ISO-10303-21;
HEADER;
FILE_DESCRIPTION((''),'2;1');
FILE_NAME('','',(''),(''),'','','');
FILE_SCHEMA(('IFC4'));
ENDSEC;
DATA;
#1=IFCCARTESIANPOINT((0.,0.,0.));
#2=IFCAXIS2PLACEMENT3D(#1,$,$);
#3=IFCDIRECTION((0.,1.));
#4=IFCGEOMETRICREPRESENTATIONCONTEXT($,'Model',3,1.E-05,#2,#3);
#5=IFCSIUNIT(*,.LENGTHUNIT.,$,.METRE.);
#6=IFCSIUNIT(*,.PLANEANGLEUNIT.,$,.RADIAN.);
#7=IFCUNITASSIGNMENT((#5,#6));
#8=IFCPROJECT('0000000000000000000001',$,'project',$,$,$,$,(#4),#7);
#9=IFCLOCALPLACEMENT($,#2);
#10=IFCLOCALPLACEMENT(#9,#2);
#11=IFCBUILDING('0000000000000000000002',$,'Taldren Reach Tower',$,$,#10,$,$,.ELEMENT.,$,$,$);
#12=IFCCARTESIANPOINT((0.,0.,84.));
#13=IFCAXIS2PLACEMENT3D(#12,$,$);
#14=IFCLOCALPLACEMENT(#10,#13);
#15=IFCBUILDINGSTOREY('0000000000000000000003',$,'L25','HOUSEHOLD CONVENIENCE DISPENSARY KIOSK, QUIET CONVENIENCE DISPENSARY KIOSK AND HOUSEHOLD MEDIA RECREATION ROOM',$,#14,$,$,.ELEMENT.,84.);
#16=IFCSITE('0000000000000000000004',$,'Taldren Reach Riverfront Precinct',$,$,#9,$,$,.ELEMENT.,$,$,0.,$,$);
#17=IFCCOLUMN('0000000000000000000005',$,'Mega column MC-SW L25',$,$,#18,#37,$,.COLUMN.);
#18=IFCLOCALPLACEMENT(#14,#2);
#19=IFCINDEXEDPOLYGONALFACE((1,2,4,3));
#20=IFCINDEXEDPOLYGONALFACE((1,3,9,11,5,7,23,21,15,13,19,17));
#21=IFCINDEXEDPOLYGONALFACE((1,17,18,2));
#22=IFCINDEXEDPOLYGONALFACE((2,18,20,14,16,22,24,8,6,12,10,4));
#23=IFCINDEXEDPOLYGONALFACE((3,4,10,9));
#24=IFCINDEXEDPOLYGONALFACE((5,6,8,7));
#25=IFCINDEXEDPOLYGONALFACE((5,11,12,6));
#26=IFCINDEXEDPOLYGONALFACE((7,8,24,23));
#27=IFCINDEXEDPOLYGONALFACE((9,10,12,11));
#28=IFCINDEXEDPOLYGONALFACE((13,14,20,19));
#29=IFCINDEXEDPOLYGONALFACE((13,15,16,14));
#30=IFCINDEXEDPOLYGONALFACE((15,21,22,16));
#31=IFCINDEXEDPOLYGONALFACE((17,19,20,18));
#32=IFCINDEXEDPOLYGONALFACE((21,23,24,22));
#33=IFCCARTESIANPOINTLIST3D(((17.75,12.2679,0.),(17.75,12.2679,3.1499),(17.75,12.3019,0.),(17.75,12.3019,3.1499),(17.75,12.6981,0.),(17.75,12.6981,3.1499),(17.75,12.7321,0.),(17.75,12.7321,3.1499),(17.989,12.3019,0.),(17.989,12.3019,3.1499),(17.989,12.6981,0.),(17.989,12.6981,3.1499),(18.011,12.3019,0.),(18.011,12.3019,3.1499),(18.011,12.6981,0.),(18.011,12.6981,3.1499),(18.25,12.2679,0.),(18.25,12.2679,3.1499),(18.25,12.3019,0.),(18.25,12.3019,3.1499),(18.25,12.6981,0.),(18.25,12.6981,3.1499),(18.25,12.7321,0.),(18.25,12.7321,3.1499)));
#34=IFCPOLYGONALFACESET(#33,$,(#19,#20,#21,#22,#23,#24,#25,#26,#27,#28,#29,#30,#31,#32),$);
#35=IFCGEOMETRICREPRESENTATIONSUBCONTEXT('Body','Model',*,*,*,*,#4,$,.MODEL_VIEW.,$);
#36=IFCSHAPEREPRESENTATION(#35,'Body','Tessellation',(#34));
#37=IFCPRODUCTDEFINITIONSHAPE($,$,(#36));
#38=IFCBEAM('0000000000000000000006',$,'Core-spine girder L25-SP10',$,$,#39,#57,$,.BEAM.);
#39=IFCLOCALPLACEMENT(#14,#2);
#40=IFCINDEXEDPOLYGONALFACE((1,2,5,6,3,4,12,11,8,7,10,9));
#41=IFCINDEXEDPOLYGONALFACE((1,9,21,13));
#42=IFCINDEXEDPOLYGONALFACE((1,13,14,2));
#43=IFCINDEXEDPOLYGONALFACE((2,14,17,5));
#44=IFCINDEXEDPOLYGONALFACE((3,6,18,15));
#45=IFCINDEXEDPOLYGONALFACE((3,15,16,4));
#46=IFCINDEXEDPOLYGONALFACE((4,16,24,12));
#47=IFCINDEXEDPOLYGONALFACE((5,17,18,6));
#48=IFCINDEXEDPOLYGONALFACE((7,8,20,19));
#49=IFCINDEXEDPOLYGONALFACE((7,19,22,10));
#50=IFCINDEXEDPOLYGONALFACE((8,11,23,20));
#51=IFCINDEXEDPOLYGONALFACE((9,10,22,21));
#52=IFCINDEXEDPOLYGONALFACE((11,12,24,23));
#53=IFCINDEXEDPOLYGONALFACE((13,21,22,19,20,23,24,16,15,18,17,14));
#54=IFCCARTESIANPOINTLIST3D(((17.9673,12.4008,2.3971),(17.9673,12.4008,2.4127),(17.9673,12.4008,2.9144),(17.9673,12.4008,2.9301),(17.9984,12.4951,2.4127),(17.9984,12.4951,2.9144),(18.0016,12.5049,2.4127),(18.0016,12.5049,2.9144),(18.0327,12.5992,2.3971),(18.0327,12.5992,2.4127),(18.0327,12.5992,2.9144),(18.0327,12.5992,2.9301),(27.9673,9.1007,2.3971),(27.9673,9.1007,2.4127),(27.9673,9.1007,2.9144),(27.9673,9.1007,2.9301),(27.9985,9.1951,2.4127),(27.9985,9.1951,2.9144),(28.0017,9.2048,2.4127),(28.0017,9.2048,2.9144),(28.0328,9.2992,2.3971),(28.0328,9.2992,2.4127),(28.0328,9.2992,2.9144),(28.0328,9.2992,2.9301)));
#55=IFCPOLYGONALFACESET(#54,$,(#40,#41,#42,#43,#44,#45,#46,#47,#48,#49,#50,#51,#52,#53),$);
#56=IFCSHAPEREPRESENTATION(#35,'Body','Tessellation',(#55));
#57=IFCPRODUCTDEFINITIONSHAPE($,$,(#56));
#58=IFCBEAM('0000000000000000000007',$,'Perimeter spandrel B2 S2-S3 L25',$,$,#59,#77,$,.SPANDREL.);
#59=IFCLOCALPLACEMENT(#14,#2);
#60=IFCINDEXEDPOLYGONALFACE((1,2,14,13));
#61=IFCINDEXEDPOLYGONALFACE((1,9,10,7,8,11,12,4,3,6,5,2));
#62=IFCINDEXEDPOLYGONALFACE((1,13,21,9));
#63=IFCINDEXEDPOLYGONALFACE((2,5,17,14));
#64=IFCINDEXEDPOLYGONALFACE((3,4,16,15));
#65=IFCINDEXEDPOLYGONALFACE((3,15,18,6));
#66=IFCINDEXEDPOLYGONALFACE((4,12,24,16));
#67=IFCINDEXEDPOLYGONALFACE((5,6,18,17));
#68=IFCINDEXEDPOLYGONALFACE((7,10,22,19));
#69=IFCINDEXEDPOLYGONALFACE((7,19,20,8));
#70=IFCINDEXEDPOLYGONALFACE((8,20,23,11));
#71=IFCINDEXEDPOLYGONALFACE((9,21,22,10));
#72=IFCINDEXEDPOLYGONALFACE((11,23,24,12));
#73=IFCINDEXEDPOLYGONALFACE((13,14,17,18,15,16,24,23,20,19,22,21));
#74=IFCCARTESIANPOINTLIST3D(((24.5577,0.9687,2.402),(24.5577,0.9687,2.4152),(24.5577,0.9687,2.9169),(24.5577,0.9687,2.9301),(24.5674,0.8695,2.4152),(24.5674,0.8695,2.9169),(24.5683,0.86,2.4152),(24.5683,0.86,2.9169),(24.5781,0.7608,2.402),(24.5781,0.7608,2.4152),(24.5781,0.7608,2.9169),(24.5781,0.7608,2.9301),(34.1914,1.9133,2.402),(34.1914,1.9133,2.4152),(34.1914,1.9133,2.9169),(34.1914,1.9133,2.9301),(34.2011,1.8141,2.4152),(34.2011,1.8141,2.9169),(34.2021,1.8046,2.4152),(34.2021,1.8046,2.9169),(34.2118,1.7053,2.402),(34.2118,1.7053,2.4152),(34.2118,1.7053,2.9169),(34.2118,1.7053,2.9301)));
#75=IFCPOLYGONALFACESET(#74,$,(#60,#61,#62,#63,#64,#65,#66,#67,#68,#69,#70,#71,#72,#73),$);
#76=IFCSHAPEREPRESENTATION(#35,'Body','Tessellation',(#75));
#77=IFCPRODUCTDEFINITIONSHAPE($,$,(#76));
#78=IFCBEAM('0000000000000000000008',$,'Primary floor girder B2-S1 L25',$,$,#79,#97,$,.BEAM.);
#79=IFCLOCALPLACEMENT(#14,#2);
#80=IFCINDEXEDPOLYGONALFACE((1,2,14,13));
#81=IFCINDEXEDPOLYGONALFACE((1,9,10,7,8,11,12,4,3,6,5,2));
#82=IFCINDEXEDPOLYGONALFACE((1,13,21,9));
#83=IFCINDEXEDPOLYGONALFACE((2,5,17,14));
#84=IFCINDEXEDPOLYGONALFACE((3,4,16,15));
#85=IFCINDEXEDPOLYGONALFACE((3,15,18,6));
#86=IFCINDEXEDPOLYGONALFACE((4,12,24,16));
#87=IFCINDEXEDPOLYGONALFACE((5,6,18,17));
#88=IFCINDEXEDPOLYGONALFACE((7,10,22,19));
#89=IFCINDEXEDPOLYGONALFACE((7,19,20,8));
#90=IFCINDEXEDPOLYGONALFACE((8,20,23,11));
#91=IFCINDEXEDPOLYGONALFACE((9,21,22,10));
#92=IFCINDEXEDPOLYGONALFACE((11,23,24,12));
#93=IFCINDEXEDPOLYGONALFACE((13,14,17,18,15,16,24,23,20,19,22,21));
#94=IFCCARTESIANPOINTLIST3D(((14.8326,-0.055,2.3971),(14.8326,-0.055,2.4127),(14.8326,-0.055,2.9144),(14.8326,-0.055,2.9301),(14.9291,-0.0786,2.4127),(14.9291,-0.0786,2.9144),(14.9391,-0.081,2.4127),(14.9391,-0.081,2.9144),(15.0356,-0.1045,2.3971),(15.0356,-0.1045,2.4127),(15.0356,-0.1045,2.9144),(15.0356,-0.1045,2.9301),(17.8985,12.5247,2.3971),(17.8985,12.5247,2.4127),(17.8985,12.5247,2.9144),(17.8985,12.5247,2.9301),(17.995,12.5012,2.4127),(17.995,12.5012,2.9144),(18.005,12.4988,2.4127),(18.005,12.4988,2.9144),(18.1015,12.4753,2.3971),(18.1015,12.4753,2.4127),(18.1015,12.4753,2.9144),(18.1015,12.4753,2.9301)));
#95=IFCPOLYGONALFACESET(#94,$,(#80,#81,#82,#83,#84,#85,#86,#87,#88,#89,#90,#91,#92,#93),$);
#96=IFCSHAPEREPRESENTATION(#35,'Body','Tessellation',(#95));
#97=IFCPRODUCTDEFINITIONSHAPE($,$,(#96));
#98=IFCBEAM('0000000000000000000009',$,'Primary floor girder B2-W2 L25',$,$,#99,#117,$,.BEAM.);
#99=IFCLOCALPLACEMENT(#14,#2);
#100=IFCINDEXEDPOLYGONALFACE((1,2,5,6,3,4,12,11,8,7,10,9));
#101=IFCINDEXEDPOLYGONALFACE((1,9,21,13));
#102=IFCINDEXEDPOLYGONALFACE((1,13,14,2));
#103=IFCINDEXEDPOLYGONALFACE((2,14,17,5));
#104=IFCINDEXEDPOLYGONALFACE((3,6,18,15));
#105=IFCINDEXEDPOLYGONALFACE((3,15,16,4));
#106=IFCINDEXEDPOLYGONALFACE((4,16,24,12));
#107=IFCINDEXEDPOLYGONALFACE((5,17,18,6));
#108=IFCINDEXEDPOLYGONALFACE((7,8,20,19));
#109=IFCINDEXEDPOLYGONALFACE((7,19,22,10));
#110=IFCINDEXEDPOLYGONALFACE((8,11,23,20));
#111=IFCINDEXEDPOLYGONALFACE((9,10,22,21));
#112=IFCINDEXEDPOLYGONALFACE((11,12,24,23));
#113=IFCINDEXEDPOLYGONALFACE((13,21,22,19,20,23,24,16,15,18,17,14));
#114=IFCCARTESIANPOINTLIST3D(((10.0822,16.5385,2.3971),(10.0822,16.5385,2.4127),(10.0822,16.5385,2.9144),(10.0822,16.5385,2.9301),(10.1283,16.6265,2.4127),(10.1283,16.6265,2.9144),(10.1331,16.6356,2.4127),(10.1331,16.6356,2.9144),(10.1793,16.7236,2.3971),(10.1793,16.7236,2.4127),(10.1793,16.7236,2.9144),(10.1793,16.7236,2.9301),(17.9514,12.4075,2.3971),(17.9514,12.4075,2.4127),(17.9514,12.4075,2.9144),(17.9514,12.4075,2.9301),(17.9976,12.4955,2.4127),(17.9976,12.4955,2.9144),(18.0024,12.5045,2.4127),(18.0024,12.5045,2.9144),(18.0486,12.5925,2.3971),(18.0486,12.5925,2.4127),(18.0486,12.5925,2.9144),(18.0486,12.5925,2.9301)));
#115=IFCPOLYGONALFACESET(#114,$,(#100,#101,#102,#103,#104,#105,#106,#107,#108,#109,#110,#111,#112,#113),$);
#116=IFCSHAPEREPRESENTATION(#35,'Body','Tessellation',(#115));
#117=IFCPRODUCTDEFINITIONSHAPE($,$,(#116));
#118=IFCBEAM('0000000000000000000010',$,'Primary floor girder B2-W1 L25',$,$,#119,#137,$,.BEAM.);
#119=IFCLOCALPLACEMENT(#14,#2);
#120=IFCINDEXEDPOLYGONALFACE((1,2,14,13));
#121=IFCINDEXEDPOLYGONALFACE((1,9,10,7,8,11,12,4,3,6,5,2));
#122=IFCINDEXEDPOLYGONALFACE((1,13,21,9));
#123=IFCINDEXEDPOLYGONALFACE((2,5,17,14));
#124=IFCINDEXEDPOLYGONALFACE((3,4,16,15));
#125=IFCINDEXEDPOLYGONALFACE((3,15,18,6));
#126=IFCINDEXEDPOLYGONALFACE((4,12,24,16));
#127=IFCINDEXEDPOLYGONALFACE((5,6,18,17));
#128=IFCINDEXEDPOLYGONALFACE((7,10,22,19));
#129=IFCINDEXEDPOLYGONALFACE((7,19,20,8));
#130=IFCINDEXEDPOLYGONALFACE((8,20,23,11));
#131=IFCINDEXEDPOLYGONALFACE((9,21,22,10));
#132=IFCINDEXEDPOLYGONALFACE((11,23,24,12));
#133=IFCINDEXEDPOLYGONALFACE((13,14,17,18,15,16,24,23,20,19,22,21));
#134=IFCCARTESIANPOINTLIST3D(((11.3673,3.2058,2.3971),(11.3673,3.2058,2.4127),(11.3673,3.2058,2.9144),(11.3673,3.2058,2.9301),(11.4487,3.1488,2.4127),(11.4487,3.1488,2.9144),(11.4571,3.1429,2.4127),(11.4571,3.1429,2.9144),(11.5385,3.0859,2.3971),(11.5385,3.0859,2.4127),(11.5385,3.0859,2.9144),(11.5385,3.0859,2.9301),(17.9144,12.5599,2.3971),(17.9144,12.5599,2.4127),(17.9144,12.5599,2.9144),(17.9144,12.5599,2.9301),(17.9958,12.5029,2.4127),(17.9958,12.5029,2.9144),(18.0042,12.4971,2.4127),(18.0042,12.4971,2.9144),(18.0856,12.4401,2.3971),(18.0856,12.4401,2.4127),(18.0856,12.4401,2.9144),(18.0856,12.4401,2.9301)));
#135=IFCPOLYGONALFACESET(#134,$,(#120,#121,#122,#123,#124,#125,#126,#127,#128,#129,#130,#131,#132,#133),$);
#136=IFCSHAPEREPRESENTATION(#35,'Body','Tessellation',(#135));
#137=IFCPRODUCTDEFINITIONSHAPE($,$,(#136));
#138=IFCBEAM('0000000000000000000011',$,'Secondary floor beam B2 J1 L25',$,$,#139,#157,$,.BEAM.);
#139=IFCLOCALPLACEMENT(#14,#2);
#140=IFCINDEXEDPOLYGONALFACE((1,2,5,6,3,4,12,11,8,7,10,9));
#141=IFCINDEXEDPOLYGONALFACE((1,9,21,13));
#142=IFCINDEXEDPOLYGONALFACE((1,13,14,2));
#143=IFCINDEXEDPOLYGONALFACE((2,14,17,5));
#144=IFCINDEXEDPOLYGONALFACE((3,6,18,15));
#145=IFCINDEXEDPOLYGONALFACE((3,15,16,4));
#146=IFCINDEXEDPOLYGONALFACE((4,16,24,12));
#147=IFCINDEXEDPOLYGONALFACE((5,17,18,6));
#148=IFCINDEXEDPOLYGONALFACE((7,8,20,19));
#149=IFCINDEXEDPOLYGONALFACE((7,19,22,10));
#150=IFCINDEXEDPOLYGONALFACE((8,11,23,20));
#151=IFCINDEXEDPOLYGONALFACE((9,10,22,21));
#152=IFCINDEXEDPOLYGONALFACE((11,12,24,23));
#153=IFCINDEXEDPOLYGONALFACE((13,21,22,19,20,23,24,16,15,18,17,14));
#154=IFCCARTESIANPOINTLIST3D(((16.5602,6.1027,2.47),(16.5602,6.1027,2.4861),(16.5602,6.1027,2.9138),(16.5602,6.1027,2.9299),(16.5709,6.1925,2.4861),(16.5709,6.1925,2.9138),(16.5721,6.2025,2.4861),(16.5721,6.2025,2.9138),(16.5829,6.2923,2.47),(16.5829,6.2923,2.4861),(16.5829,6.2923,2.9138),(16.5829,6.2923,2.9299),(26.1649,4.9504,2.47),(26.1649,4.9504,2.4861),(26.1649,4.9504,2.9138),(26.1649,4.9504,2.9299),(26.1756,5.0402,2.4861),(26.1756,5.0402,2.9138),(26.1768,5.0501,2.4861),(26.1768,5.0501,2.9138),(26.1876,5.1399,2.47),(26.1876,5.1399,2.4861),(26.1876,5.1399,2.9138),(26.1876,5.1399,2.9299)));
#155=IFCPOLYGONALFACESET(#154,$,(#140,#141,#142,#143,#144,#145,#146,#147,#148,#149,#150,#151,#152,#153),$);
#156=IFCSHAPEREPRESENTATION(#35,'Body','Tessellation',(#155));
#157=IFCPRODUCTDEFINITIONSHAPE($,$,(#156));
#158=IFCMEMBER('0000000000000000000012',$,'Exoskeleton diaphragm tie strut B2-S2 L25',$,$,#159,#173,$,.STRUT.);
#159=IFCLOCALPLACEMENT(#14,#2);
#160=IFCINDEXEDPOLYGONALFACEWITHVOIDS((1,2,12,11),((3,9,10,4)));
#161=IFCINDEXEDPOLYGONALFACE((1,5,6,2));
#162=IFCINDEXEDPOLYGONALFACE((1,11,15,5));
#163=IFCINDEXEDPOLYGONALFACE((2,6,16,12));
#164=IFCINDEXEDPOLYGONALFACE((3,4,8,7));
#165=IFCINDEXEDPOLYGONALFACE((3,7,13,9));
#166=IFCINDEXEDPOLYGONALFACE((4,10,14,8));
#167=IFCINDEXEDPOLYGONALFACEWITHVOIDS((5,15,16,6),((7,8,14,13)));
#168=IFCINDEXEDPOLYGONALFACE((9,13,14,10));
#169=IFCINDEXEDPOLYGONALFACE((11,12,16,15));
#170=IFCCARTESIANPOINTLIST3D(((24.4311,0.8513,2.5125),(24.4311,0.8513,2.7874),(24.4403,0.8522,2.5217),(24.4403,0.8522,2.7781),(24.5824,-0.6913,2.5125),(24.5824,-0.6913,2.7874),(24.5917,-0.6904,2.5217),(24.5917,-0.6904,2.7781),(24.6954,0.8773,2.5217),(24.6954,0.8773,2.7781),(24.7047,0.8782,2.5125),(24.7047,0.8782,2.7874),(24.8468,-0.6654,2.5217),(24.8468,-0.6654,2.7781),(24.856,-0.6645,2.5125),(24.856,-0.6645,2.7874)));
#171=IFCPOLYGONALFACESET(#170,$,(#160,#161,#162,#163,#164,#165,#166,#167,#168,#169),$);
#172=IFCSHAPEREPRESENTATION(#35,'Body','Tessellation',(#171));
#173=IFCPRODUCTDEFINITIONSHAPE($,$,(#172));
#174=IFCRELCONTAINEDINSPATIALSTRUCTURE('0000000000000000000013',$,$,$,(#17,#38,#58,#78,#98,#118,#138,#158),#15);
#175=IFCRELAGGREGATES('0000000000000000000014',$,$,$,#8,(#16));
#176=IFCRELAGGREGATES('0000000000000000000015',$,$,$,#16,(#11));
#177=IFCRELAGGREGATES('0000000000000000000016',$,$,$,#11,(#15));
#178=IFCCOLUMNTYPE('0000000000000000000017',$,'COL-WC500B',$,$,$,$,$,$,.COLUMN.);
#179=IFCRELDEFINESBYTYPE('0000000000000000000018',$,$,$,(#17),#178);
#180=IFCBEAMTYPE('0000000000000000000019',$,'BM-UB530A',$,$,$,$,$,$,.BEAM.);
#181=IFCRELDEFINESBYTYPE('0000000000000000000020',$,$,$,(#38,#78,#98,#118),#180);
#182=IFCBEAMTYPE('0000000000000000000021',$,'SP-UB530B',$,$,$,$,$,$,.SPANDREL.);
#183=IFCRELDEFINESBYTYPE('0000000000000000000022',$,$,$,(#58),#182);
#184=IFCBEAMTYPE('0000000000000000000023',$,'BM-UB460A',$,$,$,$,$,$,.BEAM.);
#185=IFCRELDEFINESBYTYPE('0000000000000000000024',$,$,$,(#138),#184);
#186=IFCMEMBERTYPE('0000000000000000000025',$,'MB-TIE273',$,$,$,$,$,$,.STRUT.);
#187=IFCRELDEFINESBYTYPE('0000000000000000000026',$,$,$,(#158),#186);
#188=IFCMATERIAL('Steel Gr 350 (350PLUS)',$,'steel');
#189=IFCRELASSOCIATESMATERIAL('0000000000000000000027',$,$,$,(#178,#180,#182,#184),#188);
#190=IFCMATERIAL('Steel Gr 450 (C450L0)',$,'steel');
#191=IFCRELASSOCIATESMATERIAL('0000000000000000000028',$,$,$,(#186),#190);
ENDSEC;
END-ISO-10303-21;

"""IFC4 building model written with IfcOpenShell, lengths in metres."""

from ifc_helpers import new_model, si_unit, direction, frame, origin, origin_2d, place, context, subcontext, project, spatial, hollow_rectangle, i_section, extrude, source, transform, mapped, material, material_profile, profile_set, type_object, element, save


model = new_model("IFC4")

# Units and contexts
model_context = context("Model", 3, precision=1e-05, world=origin(), true_north=direction((0.0, 1.0)))
body_context = subcontext(model_context, "Body", "Model", "MODEL_VIEW")
ifc_project = project(units=[si_unit("LENGTHUNIT", "METRE"), si_unit("PLANEANGLEUNIT", "RADIAN")], contexts=[model_context])

# Site, building, storey
site_placement = place(None, origin())
site = spatial("IfcSite", under=ifc_project, at=site_placement, Name="Taldren Reach Riverfront Precinct", CompositionType="ELEMENT", RefElevation=0.0)
building_placement = place(site_placement, origin())
building = spatial("IfcBuilding", under=site, at=building_placement, Name="Taldren Reach Tower", CompositionType="ELEMENT")
storey_placement = place(building_placement, frame((0.0, 0.0, 84.0)))
storey = spatial("IfcBuildingStorey", under=building, at=storey_placement, Name="L25", Description="HOUSEHOLD CONVENIENCE DISPENSARY KIOSK, QUIET CONVENIENCE DISPENSARY KIOSK AND HOUSEHOLD MEDIA RECREATION ROOM", CompositionType="ELEMENT", Elevation=84.0)

# Column
ifc_material_1 = material(Name="Steel Gr 350 (350PLUS)", Category="steel")
ifc_material_profile_1 = material_profile(ifc_material_1, i_section(OverallWidth=0.5, OverallDepth=0.4641, WebThickness=0.022, FlangeThickness=0.0339, at=origin_2d()), Name="500WC340")
ifc_profile_set_1 = profile_set([ifc_material_profile_1], Name="Steel Gr 350 (350PLUS)")
column_type = type_object("IfcColumnType", Name="COL-WC500B", PredefinedType="COLUMN", material=ifc_profile_set_1)
shared_shape_1 = source(origin(), body_context, "Body", "SweptSolid", [
    extrude(i_section(OverallWidth=0.5, OverallDepth=0.4641, WebThickness=0.022, FlangeThickness=0.0339, at=origin_2d()), origin(), (0.0, 0.0, 1.0), 3.1499),
])
column_placement = place(storey_placement, frame((18.0, 12.5, 0.0), z_axis=(0.0, 0.0, 1.0), x_axis=(1.0, 0.0, 0.0)))
element("IfcColumn", 1, at=column_placement, inside=storey, type_object=column_type, Name="Mega column MC-SW L25", PredefinedType="COLUMN", context=body_context, shape_type="MappedRepresentation", body=[
    mapped(shared_shape_1, transform((0.0, 0.0, 0.0), scale=1.0)),
])

# Beams
ifc_material_profile_2 = material_profile(ifc_material_1, i_section(OverallWidth=0.209, OverallDepth=0.533, WebThickness=0.0103, FlangeThickness=0.0156, at=origin_2d()), Name="530UB92.4")
ifc_profile_set_2 = profile_set([ifc_material_profile_2], Name="Steel Gr 350 (350PLUS)")
beam_type_1 = type_object("IfcBeamType", Name="BM-UB530A", PredefinedType="BEAM", material=ifc_profile_set_2)
shared_shape_2 = source(origin(), body_context, "Body", "SweptSolid", [
    extrude(i_section(OverallWidth=0.209, OverallDepth=0.533, WebThickness=0.0103, FlangeThickness=0.0156, at=origin_2d()), origin(), (0.0, 0.0, 1.0), 10.5305),
])
beam_1_placement = place(storey_placement, frame((18.0, 12.5, 2.6636), z_axis=(0.949627, -0.313382, 0.0), x_axis=(0.313382, 0.949627, 0.0)))
element("IfcBeam", 2, at=beam_1_placement, inside=storey, type_object=beam_type_1, Name="Core-spine girder L25-SP10", PredefinedType="BEAM", context=body_context, shape_type="MappedRepresentation", body=[
    mapped(shared_shape_2, transform((0.0, 0.0, 0.0), scale=1.0)),
])
ifc_material_profile_3 = material_profile(ifc_material_1, i_section(OverallWidth=0.209, OverallDepth=0.5281, WebThickness=0.0095, FlangeThickness=0.0132, at=origin_2d()), Name="530UB82.0")
ifc_profile_set_3 = profile_set([ifc_material_profile_3], Name="Steel Gr 350 (350PLUS)")
beam_type_2 = type_object("IfcBeamType", Name="SP-UB530B", PredefinedType="SPANDREL", material=ifc_profile_set_3)
shared_shape_3 = source(origin(), body_context, "Body", "SweptSolid", [
    extrude(i_section(OverallWidth=0.209, OverallDepth=0.5281, WebThickness=0.0095, FlangeThickness=0.0132, at=origin_2d()), origin(), (0.0, 0.0, 1.0), 9.6799),
])
beam_2_placement = place(storey_placement, frame((24.5679, 0.8647, 2.666), z_axis=(0.995228, 0.097581, 0.0), x_axis=(-0.097581, 0.995228, 0.0)))
element("IfcBeam", 3, at=beam_2_placement, inside=storey, type_object=beam_type_2, Name="Perimeter spandrel B2 S2-S3 L25", PredefinedType="SPANDREL", context=body_context, shape_type="MappedRepresentation", body=[
    mapped(shared_shape_3, transform((0.0, 0.0, 0.0), scale=1.0)),
])
shared_shape_4 = source(origin(), body_context, "Body", "SweptSolid", [
    extrude(i_section(OverallWidth=0.209, OverallDepth=0.533, WebThickness=0.0103, FlangeThickness=0.0156, at=origin_2d()), origin(), (0.0, 0.0, 1.0), 12.948),
])
beam_3_placement = place(storey_placement, frame((18.0, 12.5, 2.6636), z_axis=(-0.236786, -0.971562, 0.0), x_axis=(0.971562, -0.236786, 0.0)))
element("IfcBeam", 4, at=beam_3_placement, inside=storey, type_object=beam_type_1, Name="Primary floor girder B2-S1 L25", PredefinedType="BEAM", context=body_context, shape_type="MappedRepresentation", body=[
    mapped(shared_shape_4, transform((0.0, 0.0, 0.0), scale=1.0)),
])
shared_shape_5 = source(origin(), body_context, "Body", "SweptSolid", [
    extrude(i_section(OverallWidth=0.209, OverallDepth=0.533, WebThickness=0.0103, FlangeThickness=0.0156, at=origin_2d()), origin(), (0.0, 0.0, 1.0), 8.8877),
])
beam_4_placement = place(storey_placement, frame((18.0, 12.5, 2.6636), z_axis=(-0.885413, 0.464805, 0.0), x_axis=(-0.464805, -0.885413, 0.0)))
element("IfcBeam", 5, at=beam_4_placement, inside=storey, type_object=beam_type_1, Name="Primary floor girder B2-W2 L25", PredefinedType="BEAM", context=body_context, shape_type="MappedRepresentation", body=[
    mapped(shared_shape_5, transform((0.0, 0.0, 0.0), scale=1.0)),
])
shared_shape_6 = source(origin(), body_context, "Body", "SweptSolid", [
    extrude(i_section(OverallWidth=0.209, OverallDepth=0.533, WebThickness=0.0103, FlangeThickness=0.0156, at=origin_2d()), origin(), (0.0, 0.0, 1.0), 11.4177),
])
beam_5_placement = place(storey_placement, frame((18.0, 12.5, 2.6636), z_axis=(-0.573412, -0.819267, 0.0), x_axis=(0.819267, -0.573412, 0.0)))
element("IfcBeam", 6, at=beam_5_placement, inside=storey, type_object=beam_type_1, Name="Primary floor girder B2-W1 L25", PredefinedType="BEAM", context=body_context, shape_type="MappedRepresentation", body=[
    mapped(shared_shape_6, transform((0.0, 0.0, 0.0), scale=1.0)),
])
ifc_material_profile_4 = material_profile(ifc_material_1, i_section(OverallWidth=0.1909, OverallDepth=0.46, WebThickness=0.01, FlangeThickness=0.0161, at=origin_2d()), Name="460UB82.1")
ifc_profile_set_4 = profile_set([ifc_material_profile_4], Name="Steel Gr 350 (350PLUS)")
beam_type_3 = type_object("IfcBeamType", Name="BM-UB460A", PredefinedType="BEAM", material=ifc_profile_set_4)
shared_shape_7 = source(origin(), body_context, "Body", "SweptSolid", [
    extrude(i_section(OverallWidth=0.1909, OverallDepth=0.46, WebThickness=0.01, FlangeThickness=0.0161, at=origin_2d()), origin(), (0.0, 0.0, 1.0), 9.6736),
])
beam_6_placement = place(storey_placement, frame((16.5715, 6.1975, 2.7), z_axis=(0.99288, -0.119122, 0.0), x_axis=(0.119122, 0.99288, 0.0)))
element("IfcBeam", 7, at=beam_6_placement, inside=storey, type_object=beam_type_3, Name="Secondary floor beam B2 J1 L25", PredefinedType="BEAM", context=body_context, shape_type="MappedRepresentation", body=[
    mapped(shared_shape_7, transform((0.0, 0.0, 0.0), scale=1.0)),
])

# Member
ifc_material_2 = material(Name="Steel Gr 450 (C450L0)", Category="steel")
ifc_material_profile_5 = material_profile(ifc_material_2, hollow_rectangle(XDim=0.2749, YDim=0.2749, WallThickness=0.0093, at=origin_2d()), Name="275x275x9.3SHS")
ifc_profile_set_5 = profile_set([ifc_material_profile_5], Name="Steel Gr 450 (C450L0)")
member_type_1 = type_object("IfcMemberType", Name="MB-TIE273", PredefinedType="STRUT", material=ifc_profile_set_5)
shared_shape_8 = source(origin(), body_context, "Body", "SweptSolid", [
    extrude(hollow_rectangle(XDim=0.2749, YDim=0.2749, WallThickness=0.0093, at=origin_2d()), origin(), (0.0, 0.0, 1.0), 1.55),
])
member_1_placement = place(storey_placement, frame((24.5679, 0.8647, 2.6499), z_axis=(0.097648, -0.995221, 0.0), x_axis=(0.995221, 0.097648, 0.0)))
element("IfcMember", 8, at=member_1_placement, inside=storey, type_object=member_type_1, Name="Exoskeleton diaphragm tie strut B2-S2 L25", PredefinedType="STRUT", context=body_context, shape_type="MappedRepresentation", body=[
    mapped(shared_shape_8, transform((0.0, 0.0, 0.0), scale=1.0)),
])

save(model, "model.ifc")
